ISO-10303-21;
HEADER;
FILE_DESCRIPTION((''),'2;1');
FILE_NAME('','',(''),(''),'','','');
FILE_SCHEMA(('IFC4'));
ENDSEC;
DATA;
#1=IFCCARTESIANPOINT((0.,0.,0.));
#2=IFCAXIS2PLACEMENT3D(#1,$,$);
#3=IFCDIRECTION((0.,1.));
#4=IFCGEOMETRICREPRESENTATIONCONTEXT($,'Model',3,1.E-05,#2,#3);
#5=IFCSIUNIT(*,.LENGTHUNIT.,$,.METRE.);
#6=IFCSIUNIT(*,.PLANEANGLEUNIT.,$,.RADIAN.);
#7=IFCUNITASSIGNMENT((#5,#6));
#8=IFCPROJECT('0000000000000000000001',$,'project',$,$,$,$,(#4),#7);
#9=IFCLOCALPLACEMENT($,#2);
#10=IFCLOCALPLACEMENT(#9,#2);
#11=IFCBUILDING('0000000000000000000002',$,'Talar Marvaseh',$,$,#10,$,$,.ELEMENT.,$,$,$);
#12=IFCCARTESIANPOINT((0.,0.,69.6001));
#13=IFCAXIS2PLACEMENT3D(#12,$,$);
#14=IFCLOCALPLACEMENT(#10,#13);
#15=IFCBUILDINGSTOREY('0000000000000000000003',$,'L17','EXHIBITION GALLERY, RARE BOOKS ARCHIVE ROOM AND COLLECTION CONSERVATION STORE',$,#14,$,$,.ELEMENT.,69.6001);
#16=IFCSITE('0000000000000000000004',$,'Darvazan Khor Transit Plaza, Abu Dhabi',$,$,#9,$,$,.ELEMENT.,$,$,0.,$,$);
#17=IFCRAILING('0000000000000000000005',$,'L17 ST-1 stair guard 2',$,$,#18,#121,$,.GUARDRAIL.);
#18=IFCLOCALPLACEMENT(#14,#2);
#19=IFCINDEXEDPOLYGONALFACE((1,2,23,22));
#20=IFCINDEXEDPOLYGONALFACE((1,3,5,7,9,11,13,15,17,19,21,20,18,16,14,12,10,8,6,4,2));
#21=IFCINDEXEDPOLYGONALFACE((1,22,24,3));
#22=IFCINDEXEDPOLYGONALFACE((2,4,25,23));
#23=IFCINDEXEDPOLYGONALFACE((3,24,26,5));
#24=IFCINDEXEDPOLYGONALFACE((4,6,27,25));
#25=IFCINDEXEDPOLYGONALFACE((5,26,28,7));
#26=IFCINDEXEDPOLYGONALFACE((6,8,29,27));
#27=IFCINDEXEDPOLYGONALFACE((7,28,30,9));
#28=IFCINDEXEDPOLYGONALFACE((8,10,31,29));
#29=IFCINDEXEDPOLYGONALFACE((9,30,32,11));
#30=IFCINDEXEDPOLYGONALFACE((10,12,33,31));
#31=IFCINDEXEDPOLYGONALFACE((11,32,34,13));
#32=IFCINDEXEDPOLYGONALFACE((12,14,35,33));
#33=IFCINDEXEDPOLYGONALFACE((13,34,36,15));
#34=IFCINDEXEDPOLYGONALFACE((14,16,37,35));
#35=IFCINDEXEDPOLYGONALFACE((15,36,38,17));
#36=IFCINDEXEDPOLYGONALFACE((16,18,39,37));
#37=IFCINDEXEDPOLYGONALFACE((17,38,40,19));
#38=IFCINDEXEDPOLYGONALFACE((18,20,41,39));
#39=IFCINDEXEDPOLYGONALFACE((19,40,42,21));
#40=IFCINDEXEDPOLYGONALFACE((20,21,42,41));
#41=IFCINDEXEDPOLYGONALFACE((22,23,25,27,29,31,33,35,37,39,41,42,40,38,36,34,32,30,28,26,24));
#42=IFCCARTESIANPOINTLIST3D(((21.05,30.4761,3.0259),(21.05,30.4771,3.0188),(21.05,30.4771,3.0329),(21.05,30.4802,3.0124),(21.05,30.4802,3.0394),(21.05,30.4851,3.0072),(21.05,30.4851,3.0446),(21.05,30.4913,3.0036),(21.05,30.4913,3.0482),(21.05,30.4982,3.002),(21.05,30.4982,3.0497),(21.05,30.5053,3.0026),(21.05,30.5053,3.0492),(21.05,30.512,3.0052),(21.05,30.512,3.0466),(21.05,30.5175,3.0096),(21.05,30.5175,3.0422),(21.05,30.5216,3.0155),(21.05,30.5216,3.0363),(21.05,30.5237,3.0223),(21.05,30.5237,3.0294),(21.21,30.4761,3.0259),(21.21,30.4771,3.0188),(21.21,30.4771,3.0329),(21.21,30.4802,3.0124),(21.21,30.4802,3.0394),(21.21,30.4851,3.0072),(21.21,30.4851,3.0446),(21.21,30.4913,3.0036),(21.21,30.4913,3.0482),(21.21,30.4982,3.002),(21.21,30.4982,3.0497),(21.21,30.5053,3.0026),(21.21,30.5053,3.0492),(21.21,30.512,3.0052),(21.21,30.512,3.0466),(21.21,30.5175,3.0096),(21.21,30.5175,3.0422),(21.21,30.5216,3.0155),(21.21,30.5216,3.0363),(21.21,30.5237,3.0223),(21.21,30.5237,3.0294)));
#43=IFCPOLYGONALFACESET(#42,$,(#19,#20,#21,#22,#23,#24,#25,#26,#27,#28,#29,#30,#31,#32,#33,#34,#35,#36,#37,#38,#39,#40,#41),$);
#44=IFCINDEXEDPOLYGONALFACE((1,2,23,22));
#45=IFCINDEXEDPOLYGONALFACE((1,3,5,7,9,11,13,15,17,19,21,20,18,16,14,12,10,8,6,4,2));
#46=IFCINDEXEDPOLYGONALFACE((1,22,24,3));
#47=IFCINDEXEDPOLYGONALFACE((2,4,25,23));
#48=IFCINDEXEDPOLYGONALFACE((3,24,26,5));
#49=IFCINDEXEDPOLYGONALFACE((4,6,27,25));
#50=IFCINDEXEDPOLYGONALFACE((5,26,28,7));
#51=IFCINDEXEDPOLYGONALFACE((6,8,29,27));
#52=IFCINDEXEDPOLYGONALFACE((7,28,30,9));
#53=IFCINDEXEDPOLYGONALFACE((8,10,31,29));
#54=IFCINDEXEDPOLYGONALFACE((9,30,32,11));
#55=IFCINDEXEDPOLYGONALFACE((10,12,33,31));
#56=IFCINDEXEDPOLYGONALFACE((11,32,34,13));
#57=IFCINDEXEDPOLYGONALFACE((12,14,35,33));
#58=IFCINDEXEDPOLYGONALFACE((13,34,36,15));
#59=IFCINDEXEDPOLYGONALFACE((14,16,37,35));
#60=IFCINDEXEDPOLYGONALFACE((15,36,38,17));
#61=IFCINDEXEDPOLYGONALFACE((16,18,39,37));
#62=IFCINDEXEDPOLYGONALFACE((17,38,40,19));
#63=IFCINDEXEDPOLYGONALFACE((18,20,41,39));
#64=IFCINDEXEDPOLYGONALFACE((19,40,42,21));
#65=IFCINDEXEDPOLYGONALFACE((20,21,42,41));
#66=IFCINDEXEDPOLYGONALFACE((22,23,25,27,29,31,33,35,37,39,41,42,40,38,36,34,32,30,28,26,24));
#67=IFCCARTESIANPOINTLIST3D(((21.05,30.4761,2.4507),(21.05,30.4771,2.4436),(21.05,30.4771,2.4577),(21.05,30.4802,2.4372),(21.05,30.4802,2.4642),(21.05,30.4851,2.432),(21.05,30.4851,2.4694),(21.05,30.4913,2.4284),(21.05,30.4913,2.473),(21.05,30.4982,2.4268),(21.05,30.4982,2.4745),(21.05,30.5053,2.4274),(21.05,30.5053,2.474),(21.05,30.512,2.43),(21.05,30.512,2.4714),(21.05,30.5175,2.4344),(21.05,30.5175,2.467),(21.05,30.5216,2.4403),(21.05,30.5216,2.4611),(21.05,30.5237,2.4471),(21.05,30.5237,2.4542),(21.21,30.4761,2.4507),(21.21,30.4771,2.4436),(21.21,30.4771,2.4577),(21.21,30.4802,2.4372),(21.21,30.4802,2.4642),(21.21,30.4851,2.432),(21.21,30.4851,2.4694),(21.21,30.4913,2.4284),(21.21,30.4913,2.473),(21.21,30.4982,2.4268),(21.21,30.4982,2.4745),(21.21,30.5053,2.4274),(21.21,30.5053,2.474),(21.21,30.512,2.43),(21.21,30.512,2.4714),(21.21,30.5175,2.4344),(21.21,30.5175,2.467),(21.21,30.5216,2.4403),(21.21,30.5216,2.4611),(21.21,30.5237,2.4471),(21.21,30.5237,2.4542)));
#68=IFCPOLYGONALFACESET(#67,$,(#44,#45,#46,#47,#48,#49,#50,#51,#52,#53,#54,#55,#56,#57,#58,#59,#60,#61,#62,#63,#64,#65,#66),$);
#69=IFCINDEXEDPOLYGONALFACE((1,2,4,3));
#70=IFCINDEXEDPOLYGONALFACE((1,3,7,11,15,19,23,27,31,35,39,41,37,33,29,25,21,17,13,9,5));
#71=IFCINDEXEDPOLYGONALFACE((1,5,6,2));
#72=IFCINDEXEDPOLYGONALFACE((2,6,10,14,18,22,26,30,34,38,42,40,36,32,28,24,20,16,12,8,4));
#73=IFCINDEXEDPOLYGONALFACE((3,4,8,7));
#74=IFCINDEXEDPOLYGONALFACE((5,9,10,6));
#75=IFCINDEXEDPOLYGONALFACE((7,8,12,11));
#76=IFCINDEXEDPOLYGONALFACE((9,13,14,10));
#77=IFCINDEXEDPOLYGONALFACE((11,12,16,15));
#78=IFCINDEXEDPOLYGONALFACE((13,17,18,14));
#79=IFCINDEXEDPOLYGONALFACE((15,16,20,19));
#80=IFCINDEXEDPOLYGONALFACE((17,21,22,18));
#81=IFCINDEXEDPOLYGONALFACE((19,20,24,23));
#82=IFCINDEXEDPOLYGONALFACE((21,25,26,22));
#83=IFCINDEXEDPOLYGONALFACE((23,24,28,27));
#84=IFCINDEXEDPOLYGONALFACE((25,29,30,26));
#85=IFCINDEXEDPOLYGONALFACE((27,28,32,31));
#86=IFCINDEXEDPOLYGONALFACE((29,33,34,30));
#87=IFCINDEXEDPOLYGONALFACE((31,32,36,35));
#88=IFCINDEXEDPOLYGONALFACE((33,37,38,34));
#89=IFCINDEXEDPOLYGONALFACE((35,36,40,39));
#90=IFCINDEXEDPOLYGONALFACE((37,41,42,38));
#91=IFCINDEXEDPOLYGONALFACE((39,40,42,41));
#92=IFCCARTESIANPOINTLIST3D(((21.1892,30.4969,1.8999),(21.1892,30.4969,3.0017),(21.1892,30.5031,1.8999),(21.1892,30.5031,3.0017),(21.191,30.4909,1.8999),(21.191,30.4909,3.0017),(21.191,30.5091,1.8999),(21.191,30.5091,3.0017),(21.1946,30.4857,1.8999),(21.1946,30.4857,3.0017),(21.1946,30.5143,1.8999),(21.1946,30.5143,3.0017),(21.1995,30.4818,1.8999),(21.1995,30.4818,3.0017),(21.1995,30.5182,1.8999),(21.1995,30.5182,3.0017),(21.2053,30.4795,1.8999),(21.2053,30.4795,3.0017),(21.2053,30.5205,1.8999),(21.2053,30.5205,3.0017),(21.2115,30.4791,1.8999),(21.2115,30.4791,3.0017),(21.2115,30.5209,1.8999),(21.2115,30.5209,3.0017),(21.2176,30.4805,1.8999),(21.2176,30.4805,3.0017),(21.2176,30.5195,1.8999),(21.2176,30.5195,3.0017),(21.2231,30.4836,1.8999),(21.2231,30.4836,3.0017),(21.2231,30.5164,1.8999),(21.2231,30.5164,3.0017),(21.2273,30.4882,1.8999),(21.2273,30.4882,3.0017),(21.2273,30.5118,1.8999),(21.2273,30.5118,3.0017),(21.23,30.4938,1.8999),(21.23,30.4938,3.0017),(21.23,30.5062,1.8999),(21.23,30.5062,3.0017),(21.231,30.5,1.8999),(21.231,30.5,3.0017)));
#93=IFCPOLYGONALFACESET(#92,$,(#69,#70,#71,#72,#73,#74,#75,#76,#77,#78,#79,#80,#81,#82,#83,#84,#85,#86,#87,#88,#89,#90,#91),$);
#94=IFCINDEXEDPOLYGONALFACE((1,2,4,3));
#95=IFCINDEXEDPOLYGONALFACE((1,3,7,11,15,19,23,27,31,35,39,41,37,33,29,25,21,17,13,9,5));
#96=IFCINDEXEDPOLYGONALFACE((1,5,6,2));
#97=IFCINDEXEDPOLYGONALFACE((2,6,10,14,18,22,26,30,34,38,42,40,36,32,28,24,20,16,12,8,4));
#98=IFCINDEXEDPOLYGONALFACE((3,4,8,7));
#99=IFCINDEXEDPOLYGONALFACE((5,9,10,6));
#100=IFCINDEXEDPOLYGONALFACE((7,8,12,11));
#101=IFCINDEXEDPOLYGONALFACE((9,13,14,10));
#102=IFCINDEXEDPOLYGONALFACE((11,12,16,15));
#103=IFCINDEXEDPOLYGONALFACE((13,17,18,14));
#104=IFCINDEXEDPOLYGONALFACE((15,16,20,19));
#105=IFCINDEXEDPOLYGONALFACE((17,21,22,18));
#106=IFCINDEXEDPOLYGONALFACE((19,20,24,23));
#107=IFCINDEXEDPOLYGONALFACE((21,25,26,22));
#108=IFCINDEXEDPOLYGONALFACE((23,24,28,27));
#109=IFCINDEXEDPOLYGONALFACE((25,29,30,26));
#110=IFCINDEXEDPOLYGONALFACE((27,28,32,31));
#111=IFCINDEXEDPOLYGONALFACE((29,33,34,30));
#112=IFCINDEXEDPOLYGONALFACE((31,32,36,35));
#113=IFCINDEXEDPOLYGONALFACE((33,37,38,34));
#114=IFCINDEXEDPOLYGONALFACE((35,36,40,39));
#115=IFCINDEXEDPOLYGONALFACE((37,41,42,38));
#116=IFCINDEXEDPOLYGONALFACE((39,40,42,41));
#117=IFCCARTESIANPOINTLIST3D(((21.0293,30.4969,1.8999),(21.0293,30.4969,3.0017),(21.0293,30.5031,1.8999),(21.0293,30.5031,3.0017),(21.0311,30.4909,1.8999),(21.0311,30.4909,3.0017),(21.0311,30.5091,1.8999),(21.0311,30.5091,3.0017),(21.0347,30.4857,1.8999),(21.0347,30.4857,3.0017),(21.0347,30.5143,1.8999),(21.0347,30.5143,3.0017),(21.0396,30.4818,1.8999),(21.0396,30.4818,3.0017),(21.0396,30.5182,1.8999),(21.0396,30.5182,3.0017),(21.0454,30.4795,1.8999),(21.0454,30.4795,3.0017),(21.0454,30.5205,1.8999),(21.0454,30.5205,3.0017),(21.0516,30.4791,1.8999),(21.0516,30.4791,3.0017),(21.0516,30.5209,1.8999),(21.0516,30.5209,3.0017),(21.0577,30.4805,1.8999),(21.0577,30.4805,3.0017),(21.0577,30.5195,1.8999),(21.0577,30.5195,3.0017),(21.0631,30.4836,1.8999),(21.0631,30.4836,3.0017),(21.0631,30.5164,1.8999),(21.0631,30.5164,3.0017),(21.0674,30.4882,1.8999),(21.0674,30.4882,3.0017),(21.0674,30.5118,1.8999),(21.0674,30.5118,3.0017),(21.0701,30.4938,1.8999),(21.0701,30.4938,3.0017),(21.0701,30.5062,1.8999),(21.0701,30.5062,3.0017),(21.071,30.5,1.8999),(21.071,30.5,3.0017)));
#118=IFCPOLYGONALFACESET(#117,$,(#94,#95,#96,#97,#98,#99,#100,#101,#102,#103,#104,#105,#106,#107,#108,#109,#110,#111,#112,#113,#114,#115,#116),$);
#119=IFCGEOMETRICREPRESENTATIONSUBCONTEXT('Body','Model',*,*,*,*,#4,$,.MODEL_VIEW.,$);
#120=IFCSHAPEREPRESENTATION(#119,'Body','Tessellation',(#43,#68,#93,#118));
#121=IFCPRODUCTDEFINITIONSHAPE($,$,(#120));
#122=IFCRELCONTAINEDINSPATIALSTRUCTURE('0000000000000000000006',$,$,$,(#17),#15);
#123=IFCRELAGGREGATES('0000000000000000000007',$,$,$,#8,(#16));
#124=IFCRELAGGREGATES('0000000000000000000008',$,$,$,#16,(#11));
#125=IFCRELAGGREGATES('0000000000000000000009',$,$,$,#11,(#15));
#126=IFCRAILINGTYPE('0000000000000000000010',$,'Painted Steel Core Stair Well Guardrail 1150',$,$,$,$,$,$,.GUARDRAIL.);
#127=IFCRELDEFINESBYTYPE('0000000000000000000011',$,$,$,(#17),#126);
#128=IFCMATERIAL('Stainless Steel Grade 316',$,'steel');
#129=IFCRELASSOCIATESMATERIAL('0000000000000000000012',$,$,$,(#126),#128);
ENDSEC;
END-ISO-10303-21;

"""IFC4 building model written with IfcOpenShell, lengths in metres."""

from ifc_helpers import new_model, si_unit, direction, frame, origin, origin_2d, place, context, subcontext, project, spatial, circle, extrude, material, type_object, element, save


model = new_model("IFC4")

# Units and contexts
model_context = context("Model", 3, precision=1e-05, world=origin(), true_north=direction((0.0, 1.0)))
body_context = subcontext(model_context, "Body", "Model", "MODEL_VIEW")
ifc_project = project(units=[si_unit("LENGTHUNIT", "METRE"), si_unit("PLANEANGLEUNIT", "RADIAN")], contexts=[model_context])

# Site, building, storey
site_placement = place(None, origin())
site = spatial("IfcSite", under=ifc_project, at=site_placement, Name="Darvazan Khor Transit Plaza, Abu Dhabi", CompositionType="ELEMENT", RefElevation=0.0)
building_placement = place(site_placement, origin())
building = spatial("IfcBuilding", under=site, at=building_placement, Name="Talar Marvaseh", CompositionType="ELEMENT")
storey_placement = place(building_placement, frame((0.0, 0.0, 69.6001)))
storey = spatial("IfcBuildingStorey", under=building, at=storey_placement, Name="L17", Description="EXHIBITION GALLERY, RARE BOOKS ARCHIVE ROOM AND COLLECTION CONSERVATION STORE", CompositionType="ELEMENT", Elevation=69.6001)

# Railing
ifc_material_1 = material(Name="Stainless Steel Grade 316", Category="steel")
railing_type_1 = type_object("IfcRailingType", Name="Painted Steel Core Stair Well Guardrail 1150", PredefinedType="GUARDRAIL", material=ifc_material_1)
railing_1_placement = place(storey_placement, frame((21.21, 30.5, 1.8999)))
element("IfcRailing", 1, at=railing_1_placement, inside=storey, type_object=railing_type_1, Name="L17 ST-1 stair guard 2", PredefinedType="GUARDRAIL", context=body_context, shape_type="SweptSolid", body=[
    extrude(circle(Radius=0.0239, at=origin_2d()), frame((0.0, 0.0, 1.126), z_axis=(-1.0, 0.0, 0.0), x_axis=(0.0, -1.0, 0.0)), (0.0, 0.0, 1.0), 0.1599),
    extrude(circle(Radius=0.0239, at=origin_2d()), frame((0.0, 0.0, 0.5508), z_axis=(-1.0, 0.0, 0.0), x_axis=(0.0, -1.0, 0.0)), (0.0, 0.0, 1.0), 0.1599),
    extrude(circle(Radius=0.021, at=origin_2d()), origin(), (0.0, 0.0, 1.0), 1.1018),
    extrude(circle(Radius=0.021, at=origin_2d()), frame((-0.1599, 0.0, 0.0)), (0.0, 0.0, 1.0), 1.1018),
])

save(model, "model.ifc")
